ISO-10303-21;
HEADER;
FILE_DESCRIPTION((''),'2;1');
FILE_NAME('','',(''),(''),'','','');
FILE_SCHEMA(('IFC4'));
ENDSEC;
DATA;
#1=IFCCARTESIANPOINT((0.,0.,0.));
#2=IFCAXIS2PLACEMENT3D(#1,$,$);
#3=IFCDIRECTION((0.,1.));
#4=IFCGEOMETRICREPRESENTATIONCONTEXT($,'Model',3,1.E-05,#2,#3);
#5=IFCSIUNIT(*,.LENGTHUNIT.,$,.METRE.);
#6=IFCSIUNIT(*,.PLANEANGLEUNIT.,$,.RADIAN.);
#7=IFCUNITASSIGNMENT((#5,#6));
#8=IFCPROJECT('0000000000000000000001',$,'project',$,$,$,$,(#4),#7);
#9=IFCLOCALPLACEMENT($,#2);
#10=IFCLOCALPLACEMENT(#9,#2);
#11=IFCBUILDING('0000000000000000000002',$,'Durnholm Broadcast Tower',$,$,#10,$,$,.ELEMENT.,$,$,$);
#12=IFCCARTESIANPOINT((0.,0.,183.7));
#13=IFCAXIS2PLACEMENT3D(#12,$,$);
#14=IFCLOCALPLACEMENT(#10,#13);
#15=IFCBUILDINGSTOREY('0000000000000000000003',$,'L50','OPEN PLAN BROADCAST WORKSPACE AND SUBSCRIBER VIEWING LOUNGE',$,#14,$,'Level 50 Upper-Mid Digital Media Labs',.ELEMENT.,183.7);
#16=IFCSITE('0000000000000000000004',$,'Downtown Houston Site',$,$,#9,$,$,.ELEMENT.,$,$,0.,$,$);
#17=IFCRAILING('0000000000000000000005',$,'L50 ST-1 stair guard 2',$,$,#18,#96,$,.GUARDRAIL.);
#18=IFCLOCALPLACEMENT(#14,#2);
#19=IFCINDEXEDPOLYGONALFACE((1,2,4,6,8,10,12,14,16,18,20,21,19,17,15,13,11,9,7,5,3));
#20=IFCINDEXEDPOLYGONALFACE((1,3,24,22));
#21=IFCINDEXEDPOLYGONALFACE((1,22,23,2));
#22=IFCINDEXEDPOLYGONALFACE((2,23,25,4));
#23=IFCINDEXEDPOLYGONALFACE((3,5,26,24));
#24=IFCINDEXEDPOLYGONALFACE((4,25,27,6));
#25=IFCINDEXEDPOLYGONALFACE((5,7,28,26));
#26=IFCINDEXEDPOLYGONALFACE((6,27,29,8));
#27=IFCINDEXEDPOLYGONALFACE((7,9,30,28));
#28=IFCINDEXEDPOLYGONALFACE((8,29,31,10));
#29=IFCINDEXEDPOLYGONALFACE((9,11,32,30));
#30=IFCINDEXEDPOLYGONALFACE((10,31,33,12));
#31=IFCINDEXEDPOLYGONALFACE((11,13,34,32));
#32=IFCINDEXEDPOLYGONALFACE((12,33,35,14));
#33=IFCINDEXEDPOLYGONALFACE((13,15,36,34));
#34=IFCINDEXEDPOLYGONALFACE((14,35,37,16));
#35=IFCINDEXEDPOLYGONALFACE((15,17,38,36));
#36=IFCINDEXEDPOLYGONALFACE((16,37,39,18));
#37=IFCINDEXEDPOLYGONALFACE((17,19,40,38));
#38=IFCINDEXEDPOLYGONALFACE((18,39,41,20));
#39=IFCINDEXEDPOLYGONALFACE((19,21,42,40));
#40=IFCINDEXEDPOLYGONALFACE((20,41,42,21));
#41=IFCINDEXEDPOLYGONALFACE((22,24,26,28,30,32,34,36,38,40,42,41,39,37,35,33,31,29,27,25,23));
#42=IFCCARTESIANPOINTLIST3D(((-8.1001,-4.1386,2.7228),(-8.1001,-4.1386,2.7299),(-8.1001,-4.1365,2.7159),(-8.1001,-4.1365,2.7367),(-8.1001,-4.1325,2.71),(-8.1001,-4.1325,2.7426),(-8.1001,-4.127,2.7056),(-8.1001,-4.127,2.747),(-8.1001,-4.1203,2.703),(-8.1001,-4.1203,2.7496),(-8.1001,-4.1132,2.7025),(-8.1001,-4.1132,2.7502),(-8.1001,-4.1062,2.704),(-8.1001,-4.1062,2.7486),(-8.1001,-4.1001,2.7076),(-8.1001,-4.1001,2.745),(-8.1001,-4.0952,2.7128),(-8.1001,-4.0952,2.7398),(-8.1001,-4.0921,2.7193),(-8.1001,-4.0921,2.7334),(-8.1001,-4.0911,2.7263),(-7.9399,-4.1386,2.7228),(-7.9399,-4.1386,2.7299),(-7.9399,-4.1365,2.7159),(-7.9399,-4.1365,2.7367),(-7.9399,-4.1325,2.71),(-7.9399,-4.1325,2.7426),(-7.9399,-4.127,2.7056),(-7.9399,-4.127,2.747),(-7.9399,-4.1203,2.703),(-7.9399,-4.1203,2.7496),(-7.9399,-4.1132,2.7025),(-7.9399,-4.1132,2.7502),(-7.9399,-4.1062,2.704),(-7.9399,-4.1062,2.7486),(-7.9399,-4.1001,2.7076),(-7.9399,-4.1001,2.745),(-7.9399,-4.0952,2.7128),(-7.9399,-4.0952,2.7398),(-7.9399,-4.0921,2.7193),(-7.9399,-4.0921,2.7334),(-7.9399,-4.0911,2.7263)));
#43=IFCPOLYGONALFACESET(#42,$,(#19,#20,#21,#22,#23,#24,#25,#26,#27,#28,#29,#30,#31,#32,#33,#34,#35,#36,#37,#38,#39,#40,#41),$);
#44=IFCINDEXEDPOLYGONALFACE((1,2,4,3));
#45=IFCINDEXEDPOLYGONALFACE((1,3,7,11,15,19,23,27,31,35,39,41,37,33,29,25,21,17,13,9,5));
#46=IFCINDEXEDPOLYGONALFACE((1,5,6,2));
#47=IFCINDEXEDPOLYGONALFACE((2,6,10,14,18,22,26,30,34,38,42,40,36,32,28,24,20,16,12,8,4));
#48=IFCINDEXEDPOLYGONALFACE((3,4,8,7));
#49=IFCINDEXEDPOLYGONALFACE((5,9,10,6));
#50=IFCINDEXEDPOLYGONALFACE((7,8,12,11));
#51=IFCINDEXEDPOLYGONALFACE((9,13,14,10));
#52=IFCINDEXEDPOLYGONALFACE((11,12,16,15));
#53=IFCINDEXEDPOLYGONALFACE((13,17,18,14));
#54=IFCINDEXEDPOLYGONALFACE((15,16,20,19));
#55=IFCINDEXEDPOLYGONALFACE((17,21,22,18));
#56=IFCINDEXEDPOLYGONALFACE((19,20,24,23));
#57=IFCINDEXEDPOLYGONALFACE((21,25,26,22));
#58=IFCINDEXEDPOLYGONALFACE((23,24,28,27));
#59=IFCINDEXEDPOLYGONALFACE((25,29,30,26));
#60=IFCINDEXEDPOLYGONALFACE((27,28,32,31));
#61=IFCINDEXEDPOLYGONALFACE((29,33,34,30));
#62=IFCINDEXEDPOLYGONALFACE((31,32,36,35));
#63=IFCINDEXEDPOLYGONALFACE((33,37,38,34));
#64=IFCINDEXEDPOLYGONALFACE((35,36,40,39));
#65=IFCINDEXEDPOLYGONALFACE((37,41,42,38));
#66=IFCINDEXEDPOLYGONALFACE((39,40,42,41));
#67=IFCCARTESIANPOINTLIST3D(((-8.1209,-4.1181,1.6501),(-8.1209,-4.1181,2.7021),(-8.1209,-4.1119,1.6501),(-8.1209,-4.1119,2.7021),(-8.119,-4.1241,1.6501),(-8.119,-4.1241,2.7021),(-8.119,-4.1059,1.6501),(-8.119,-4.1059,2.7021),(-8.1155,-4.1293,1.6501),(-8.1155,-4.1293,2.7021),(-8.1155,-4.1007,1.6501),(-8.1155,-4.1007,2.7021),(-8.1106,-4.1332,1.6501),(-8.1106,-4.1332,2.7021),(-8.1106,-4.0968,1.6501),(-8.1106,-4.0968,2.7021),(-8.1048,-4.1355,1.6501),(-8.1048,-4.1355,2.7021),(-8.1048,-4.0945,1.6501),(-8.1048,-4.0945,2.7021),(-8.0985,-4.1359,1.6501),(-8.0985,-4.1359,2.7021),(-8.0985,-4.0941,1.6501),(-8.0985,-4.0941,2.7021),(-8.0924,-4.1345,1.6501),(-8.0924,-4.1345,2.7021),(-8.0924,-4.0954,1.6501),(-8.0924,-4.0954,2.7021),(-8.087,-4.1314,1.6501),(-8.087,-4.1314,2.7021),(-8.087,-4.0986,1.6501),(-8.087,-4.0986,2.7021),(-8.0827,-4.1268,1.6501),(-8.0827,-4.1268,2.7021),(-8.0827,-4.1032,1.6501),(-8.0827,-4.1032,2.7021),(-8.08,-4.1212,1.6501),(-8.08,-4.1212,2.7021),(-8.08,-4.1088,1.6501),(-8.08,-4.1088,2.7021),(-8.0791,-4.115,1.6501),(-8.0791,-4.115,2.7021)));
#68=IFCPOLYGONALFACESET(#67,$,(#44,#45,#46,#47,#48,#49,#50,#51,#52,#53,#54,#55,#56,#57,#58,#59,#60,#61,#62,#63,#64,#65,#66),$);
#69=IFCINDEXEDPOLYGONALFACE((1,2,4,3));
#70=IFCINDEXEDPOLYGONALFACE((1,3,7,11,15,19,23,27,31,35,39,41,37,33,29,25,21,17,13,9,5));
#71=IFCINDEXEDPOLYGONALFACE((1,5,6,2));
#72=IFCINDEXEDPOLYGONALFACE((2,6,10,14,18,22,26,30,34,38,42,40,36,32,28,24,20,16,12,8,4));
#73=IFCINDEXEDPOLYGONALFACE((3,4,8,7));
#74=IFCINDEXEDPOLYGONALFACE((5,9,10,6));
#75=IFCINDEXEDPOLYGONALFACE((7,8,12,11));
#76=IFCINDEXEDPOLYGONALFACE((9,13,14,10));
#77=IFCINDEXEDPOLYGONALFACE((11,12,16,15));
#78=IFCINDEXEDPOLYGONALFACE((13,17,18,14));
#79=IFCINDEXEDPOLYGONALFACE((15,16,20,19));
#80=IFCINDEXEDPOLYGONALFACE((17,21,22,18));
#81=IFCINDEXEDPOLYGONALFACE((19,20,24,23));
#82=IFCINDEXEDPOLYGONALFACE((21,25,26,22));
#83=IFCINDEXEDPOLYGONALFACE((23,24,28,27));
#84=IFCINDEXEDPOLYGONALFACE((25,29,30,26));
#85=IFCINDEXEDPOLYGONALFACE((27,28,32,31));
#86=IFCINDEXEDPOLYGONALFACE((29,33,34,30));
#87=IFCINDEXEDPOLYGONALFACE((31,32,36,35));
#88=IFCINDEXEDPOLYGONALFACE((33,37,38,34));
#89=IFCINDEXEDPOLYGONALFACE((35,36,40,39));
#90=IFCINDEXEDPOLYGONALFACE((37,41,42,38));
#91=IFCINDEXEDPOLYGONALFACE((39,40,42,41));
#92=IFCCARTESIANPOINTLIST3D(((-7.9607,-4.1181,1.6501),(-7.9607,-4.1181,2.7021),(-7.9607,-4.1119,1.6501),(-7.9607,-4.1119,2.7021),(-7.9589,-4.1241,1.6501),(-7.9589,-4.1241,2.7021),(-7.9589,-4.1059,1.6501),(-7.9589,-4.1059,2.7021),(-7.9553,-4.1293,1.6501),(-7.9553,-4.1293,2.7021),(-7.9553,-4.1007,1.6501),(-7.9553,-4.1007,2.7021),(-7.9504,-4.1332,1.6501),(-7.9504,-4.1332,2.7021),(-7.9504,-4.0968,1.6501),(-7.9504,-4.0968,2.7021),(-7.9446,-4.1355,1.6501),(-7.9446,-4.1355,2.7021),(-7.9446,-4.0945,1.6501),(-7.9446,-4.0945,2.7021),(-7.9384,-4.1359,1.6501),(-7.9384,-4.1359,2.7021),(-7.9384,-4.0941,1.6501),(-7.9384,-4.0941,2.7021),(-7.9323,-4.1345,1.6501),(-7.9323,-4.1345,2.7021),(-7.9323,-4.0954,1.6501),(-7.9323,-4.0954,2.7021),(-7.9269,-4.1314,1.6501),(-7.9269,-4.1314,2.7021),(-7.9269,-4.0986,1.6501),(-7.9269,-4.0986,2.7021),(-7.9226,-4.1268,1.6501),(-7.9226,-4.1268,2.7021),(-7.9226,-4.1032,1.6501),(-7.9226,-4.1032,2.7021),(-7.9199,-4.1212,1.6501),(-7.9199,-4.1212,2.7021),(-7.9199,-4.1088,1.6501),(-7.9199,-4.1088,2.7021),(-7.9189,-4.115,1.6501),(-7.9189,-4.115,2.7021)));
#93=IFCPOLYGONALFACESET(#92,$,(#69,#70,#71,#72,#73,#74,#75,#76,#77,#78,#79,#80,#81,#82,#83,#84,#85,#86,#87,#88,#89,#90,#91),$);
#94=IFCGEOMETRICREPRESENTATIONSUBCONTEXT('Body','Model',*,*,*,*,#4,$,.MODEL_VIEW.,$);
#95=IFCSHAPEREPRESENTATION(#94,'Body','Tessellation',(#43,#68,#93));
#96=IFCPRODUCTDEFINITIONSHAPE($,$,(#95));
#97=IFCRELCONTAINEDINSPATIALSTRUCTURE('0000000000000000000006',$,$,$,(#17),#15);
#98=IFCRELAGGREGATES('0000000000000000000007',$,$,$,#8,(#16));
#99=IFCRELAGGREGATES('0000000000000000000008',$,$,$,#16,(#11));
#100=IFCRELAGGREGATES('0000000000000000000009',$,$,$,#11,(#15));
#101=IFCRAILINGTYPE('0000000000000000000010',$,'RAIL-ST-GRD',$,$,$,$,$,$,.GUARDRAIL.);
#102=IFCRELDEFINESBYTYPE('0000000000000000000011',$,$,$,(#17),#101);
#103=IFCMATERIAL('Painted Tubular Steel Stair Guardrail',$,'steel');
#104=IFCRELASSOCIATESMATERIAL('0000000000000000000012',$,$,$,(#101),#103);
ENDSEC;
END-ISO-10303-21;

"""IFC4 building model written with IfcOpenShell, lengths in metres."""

from ifc_helpers import new_model, si_unit, direction, frame, origin, origin_2d, place, context, subcontext, project, spatial, circle, extrude, material, type_object, element, save


model = new_model("IFC4")

# Units and contexts
model_context = context("Model", 3, precision=1e-05, world=origin(), true_north=direction((0.0, 1.0)))
body_context = subcontext(model_context, "Body", "Model", "MODEL_VIEW")
ifc_project = project(units=[si_unit("LENGTHUNIT", "METRE"), si_unit("PLANEANGLEUNIT", "RADIAN")], contexts=[model_context])

# Site, building, storey
site_placement = place(None, origin())
site = spatial("IfcSite", under=ifc_project, at=site_placement, Name="Downtown Houston Site", CompositionType="ELEMENT", RefElevation=0.0)
building_placement = place(site_placement, origin())
building = spatial("IfcBuilding", under=site, at=building_placement, Name="Durnholm Broadcast Tower", CompositionType="ELEMENT")
storey_placement = place(building_placement, frame((0.0, 0.0, 183.7)))
storey = spatial("IfcBuildingStorey", under=building, at=storey_placement, Name="L50", Description="OPEN PLAN BROADCAST WORKSPACE AND SUBSCRIBER VIEWING LOUNGE", LongName="Level 50 Upper-Mid Digital Media Labs", CompositionType="ELEMENT", Elevation=183.7)

# Railing
ifc_material_1 = material(Name="Painted Tubular Steel Stair Guardrail", Category="steel")
railing_type_1 = type_object("IfcRailingType", Name="RAIL-ST-GRD", PredefinedType="GUARDRAIL", material=ifc_material_1)
railing_1_placement = place(storey_placement, frame((-8.1001, -4.115, 1.6501)))
element("IfcRailing", 1, at=railing_1_placement, inside=storey, type_object=railing_type_1, Name="L50 ST-1 stair guard 2", PredefinedType="GUARDRAIL", context=body_context, shape_type="SweptSolid", body=[
    extrude(circle(Radius=0.0239, at=origin_2d()), frame((0.0, 0.0, 1.0762), z_axis=(1.0, 0.0, 0.0), x_axis=(0.0, 1.0, 0.0)), (0.0, 0.0, 1.0), 0.1602),
    extrude(circle(Radius=0.021, at=origin_2d()), origin(), (0.0, 0.0, 1.0), 1.052),
    extrude(circle(Radius=0.021, at=origin_2d()), frame((0.1602, 0.0, 0.0)), (0.0, 0.0, 1.0), 1.052),
])

save(model, "model.ifc")
